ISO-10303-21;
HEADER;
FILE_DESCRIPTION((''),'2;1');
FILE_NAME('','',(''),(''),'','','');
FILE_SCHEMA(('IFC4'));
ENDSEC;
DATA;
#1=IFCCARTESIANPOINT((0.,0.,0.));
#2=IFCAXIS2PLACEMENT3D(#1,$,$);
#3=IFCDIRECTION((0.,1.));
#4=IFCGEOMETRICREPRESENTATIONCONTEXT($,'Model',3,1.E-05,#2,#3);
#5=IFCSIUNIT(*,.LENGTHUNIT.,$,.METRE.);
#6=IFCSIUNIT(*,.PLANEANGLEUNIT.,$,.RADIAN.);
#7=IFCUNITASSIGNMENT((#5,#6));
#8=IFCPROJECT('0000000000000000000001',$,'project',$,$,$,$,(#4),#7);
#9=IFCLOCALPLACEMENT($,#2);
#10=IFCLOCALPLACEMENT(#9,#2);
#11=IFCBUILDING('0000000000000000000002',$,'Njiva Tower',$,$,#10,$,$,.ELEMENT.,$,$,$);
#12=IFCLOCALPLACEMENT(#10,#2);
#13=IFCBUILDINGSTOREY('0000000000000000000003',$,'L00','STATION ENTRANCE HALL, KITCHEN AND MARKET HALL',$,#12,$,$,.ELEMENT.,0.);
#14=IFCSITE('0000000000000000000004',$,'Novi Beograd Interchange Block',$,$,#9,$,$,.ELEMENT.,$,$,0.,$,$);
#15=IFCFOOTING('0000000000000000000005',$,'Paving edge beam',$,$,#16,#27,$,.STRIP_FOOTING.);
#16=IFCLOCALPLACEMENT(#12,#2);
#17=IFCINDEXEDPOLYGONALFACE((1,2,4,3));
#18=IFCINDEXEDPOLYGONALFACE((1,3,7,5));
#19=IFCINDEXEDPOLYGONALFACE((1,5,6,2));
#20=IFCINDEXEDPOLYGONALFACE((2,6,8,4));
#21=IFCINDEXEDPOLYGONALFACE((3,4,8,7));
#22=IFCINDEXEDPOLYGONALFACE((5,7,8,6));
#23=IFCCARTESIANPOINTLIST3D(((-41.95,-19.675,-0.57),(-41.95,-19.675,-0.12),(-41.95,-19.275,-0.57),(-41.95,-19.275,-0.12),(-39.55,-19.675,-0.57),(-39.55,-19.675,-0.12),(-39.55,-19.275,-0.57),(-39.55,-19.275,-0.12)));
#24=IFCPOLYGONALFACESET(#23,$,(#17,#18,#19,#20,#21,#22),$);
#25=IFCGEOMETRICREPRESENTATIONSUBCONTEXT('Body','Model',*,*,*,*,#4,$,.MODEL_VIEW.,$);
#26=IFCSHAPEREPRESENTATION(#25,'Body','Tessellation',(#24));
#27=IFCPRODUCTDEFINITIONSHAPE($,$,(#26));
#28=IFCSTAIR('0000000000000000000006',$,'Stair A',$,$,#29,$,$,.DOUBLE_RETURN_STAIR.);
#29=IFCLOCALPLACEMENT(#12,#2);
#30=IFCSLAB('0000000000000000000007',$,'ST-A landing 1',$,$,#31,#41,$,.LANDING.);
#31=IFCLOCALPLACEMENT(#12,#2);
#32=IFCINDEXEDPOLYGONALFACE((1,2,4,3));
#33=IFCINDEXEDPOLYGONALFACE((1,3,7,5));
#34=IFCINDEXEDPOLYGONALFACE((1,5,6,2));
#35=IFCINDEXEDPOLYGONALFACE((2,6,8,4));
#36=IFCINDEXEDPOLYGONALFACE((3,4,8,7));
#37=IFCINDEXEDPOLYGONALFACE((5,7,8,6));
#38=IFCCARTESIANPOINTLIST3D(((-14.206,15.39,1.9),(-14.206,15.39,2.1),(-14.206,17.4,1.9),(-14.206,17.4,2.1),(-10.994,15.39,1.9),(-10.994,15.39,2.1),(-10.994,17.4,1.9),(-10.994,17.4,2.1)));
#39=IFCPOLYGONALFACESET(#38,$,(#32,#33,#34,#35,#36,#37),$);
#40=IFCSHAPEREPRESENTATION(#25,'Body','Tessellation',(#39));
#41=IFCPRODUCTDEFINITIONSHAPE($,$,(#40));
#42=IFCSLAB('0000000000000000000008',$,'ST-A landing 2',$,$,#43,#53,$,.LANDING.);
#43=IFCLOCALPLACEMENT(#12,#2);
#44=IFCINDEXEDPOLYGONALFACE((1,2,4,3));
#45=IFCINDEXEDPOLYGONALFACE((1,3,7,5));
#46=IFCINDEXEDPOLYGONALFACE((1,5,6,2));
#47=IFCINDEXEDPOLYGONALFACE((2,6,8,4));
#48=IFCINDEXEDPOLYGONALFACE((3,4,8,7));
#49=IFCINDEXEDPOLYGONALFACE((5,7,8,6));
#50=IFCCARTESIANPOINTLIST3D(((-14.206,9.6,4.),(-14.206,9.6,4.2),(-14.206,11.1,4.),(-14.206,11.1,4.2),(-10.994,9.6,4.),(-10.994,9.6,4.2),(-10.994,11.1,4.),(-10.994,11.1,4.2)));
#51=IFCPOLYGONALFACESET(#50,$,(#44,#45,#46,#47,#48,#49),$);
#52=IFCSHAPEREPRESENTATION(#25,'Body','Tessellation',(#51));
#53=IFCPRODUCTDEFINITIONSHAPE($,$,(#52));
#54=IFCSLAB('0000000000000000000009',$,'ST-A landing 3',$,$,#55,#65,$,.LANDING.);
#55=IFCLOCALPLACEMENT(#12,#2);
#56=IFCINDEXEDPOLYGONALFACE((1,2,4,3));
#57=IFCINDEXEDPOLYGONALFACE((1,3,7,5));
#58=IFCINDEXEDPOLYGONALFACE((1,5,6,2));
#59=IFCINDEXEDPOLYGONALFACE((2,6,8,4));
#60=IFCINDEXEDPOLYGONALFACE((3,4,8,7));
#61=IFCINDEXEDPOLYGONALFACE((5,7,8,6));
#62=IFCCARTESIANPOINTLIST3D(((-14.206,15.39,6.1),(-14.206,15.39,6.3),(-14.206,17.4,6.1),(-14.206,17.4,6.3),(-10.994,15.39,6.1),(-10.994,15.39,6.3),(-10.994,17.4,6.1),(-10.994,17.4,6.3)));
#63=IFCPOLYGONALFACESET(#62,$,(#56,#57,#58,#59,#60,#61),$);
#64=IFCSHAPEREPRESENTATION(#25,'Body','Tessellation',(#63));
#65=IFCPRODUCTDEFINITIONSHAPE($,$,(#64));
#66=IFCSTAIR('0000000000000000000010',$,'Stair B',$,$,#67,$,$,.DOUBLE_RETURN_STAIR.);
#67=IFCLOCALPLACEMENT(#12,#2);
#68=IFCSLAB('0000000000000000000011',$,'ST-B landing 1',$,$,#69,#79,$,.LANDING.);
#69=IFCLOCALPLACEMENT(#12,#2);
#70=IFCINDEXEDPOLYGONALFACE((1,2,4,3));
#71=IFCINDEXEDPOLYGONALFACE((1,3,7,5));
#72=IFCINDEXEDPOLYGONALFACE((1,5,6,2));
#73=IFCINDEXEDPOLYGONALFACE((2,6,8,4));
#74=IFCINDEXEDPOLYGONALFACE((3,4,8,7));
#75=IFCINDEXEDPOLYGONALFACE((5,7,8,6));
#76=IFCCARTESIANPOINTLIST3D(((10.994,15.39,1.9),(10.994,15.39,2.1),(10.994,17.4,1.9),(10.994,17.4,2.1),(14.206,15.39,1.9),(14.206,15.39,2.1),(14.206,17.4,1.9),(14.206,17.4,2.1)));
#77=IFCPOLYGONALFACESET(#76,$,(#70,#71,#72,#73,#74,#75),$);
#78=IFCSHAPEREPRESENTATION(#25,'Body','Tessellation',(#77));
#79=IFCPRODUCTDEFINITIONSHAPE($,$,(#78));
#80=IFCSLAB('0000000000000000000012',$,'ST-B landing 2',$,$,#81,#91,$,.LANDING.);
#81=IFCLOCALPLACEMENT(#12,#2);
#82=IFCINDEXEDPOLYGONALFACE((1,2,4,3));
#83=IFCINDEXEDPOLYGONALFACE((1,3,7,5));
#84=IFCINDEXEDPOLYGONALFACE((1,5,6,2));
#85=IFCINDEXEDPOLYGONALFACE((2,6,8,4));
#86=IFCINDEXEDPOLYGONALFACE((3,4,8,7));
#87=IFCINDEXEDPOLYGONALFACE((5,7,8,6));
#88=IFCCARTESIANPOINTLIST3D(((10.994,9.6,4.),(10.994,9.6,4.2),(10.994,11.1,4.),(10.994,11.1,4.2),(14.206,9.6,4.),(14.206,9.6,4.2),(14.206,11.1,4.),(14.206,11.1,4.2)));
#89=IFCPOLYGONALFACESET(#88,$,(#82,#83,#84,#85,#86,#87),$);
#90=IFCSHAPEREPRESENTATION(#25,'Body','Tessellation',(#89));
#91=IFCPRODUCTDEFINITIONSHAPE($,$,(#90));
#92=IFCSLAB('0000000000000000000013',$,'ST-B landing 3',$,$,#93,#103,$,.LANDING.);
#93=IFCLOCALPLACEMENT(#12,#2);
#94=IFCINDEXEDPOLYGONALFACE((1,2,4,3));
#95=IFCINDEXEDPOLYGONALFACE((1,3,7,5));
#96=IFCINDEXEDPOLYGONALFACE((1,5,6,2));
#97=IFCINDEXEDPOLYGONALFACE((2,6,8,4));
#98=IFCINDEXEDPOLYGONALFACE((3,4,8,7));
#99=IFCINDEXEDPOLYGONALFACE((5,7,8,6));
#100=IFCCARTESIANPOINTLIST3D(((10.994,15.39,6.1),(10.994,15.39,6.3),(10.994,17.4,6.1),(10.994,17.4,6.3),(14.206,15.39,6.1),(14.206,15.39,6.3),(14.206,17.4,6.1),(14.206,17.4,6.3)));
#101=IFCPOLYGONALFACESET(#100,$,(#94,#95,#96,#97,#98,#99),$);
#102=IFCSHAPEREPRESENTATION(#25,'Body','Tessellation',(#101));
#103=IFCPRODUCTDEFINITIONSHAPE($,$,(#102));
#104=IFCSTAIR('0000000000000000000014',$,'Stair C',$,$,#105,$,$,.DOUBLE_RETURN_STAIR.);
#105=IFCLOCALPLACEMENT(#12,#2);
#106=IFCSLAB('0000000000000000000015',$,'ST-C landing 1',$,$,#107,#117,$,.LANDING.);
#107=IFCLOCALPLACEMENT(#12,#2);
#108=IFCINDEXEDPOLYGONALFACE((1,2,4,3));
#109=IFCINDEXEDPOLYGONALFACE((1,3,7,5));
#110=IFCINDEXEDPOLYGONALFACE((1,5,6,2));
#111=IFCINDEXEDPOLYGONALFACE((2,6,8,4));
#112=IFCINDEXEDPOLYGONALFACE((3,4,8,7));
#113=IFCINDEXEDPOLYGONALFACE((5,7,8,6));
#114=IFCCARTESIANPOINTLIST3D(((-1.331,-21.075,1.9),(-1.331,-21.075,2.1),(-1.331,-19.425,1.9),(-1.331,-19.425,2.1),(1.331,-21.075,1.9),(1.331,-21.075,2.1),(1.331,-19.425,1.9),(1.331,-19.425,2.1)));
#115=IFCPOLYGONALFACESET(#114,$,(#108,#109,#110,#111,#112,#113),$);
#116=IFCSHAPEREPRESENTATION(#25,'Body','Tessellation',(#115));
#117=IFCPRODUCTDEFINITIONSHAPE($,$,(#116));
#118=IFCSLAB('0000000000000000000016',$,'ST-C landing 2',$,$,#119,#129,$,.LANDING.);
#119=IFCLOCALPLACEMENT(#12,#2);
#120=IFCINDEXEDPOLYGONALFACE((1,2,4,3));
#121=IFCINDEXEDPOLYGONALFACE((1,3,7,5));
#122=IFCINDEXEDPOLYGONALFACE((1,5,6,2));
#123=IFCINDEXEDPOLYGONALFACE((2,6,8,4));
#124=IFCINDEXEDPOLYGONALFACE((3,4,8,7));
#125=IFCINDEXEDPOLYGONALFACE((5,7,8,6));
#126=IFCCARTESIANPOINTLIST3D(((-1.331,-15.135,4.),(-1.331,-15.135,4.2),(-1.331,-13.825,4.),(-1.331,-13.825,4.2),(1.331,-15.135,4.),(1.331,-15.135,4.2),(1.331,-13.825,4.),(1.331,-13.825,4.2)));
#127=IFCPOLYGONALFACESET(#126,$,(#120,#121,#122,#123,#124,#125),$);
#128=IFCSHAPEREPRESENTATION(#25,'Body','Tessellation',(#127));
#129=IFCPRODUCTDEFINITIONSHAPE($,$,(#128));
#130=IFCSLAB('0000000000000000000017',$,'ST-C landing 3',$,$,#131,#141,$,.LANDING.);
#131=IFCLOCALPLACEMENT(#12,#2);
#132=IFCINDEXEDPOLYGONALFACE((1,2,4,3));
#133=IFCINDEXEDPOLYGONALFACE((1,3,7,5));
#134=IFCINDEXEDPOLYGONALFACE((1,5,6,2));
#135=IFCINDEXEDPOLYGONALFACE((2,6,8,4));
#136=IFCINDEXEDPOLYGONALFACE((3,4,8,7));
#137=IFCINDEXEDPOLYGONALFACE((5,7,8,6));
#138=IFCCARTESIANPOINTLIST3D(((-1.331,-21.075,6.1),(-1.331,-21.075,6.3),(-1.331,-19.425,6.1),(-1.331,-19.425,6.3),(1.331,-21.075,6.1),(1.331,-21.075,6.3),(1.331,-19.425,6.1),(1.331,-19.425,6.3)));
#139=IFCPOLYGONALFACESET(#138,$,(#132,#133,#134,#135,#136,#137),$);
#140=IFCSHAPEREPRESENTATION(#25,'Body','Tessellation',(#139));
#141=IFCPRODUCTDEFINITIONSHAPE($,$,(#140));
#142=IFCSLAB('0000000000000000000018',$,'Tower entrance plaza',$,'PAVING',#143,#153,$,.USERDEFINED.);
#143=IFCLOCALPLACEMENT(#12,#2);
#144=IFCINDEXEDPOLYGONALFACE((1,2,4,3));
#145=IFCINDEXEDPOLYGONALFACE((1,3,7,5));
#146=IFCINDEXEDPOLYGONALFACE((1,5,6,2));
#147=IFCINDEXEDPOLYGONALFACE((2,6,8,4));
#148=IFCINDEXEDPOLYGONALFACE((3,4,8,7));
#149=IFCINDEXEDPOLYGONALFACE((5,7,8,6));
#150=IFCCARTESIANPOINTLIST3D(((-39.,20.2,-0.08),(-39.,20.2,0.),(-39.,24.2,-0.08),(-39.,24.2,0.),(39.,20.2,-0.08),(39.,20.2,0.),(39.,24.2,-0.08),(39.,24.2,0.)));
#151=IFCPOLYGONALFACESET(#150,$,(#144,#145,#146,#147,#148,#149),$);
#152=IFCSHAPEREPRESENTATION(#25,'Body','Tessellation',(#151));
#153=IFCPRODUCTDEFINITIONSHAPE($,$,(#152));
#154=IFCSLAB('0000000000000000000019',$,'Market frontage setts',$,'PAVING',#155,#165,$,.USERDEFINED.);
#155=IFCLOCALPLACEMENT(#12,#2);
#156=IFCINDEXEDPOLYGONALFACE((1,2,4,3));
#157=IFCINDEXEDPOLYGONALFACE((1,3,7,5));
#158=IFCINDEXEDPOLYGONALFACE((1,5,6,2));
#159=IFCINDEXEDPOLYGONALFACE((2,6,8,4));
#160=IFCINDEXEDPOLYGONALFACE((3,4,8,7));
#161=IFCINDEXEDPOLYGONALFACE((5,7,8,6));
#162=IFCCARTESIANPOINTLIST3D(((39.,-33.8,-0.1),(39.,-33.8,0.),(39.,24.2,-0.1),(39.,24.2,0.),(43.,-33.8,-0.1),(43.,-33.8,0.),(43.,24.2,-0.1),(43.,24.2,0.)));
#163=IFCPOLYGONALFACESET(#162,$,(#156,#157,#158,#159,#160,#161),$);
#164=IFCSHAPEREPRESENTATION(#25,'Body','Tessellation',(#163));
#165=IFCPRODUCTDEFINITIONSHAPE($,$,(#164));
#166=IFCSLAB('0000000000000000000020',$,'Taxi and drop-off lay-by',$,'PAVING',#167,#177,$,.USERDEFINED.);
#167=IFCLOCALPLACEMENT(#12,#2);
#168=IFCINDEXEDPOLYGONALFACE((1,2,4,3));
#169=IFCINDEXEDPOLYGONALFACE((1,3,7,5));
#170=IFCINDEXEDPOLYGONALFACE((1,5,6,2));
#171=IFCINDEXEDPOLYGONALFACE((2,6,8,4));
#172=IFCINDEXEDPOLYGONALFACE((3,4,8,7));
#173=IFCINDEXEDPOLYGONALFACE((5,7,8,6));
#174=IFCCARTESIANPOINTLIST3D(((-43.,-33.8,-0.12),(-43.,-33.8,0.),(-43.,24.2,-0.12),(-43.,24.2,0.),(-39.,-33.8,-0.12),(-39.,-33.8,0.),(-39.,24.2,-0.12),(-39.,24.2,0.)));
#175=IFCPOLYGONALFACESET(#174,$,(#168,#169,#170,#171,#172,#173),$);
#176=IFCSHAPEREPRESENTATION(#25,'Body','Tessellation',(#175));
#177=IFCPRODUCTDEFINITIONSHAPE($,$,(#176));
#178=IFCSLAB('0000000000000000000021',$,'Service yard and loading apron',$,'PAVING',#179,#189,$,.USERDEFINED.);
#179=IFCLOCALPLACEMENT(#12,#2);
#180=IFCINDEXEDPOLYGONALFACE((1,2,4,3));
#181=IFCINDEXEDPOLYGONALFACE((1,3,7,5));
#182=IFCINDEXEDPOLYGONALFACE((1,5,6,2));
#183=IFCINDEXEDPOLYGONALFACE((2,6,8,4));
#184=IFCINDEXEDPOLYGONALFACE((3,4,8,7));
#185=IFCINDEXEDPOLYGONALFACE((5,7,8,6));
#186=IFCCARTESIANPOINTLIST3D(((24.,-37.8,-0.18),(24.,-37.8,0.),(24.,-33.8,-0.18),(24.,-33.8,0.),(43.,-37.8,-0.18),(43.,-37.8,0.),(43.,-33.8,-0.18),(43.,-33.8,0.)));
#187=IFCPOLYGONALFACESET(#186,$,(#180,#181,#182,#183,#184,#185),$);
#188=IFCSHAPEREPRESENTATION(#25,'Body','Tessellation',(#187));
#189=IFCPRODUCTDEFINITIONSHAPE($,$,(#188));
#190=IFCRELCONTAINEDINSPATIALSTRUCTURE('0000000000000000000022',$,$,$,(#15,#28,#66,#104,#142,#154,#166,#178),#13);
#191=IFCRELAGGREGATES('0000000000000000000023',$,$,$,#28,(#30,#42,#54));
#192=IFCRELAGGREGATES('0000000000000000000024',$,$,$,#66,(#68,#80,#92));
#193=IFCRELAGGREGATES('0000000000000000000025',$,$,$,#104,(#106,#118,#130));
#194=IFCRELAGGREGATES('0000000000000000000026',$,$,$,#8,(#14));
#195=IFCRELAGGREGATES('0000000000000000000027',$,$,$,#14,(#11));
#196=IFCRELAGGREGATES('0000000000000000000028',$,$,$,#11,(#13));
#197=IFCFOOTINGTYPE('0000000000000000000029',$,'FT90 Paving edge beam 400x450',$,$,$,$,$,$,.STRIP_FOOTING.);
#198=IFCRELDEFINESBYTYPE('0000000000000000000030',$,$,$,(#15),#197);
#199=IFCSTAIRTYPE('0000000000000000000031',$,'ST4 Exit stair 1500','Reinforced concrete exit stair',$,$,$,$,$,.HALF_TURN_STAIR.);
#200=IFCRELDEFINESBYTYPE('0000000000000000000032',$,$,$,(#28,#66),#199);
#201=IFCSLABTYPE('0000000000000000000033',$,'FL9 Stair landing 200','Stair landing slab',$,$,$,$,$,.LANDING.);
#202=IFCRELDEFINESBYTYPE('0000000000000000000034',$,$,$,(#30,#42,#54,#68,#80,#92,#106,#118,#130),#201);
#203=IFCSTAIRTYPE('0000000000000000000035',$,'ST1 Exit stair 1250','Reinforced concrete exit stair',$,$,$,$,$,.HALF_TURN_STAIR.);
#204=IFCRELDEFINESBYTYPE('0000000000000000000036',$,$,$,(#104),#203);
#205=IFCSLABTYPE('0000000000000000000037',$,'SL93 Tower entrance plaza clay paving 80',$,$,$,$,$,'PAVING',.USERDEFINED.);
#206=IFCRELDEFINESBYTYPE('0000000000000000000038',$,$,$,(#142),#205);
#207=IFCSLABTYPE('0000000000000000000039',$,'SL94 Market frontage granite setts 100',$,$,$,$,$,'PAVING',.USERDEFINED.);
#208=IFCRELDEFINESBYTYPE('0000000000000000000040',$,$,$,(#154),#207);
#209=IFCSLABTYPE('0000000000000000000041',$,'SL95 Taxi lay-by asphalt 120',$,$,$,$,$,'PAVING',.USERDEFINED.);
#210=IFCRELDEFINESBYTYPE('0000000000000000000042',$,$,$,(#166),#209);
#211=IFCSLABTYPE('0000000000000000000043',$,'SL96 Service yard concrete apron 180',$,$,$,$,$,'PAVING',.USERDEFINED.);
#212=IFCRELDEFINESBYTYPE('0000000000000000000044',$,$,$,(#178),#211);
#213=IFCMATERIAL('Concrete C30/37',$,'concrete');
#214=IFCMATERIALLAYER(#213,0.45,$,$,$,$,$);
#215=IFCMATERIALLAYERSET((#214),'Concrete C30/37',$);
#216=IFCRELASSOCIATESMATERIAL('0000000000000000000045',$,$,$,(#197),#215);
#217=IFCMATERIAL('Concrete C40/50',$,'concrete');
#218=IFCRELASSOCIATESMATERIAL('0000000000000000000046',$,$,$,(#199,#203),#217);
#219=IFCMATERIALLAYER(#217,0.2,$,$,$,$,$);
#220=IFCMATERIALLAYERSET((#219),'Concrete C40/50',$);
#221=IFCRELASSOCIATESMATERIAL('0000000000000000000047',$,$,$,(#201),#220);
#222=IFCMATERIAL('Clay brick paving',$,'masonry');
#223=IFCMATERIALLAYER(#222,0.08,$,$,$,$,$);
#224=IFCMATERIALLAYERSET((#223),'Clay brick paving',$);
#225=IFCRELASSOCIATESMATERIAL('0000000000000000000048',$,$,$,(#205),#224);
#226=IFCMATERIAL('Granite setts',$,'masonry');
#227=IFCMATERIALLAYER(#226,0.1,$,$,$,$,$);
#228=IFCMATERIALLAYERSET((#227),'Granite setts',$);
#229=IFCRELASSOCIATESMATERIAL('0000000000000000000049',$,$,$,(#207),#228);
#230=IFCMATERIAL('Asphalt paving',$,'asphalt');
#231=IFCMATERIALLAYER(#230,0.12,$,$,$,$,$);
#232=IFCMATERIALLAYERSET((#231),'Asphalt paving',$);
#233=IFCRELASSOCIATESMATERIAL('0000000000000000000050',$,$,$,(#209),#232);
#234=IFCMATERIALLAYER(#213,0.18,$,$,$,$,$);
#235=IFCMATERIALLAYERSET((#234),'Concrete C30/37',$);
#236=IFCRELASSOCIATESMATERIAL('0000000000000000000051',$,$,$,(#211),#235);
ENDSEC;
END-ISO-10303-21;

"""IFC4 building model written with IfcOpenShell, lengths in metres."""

from ifc_helpers import new_model, si_unit, direction, frame, origin, place, context, subcontext, project, spatial, polyline, outline, extrude, material, layer, layer_set, type_object, element, aggregate, save


model = new_model("IFC4")

# Units and contexts
model_context = context("Model", 3, precision=1e-05, world=origin(), true_north=direction((0.0, 1.0)))
body_context = subcontext(model_context, "Body", "Model", "MODEL_VIEW")
ifc_project = project(units=[si_unit("LENGTHUNIT", "METRE"), si_unit("PLANEANGLEUNIT", "RADIAN")], contexts=[model_context])

# Site, building, storey
site_placement = place(None, origin())
site = spatial("IfcSite", under=ifc_project, at=site_placement, Name="Novi Beograd Interchange Block", CompositionType="ELEMENT", RefElevation=0.0)
building_placement = place(site_placement, origin())
building = spatial("IfcBuilding", under=site, at=building_placement, Name="Njiva Tower", CompositionType="ELEMENT")
storey_placement = place(building_placement, origin())
storey = spatial("IfcBuildingStorey", under=building, at=storey_placement, Name="L00", Description="STATION ENTRANCE HALL, KITCHEN AND MARKET HALL", CompositionType="ELEMENT", Elevation=0.0)

# Footing
ifc_material_1 = material(Name="Concrete C30/37", Category="concrete")
ifc_layer_1 = layer(ifc_material_1, 0.45)
ifc_layer_set_1 = layer_set([ifc_layer_1], Name="Concrete C30/37")
footing_type = type_object("IfcFootingType", Name="FT90 Paving edge beam 400x450", PredefinedType="STRIP_FOOTING", material=ifc_layer_set_1)
footing_1_placement = place(storey_placement, frame((0.0, 0.0, -0.57)))
element("IfcFooting", 1, at=footing_1_placement, inside=storey, type_object=footing_type, Name="Paving edge beam", PredefinedType="STRIP_FOOTING", context=body_context, shape_type="SweptSolid", body=[
    extrude(outline(polyline([(-39.55, -19.675), (-39.55, -19.275), (-41.95, -19.275), (-41.95, -19.675), (-39.55, -19.675)])), origin(), (0.0, 0.0, 1.0), 0.45),
])

# Stairs, slabs
ifc_material_2 = material(Name="Concrete C40/50", Category="concrete")
stair_type_1 = type_object("IfcStairType", Name="ST4 Exit stair 1500", Description="Reinforced concrete exit stair", PredefinedType="HALF_TURN_STAIR", material=ifc_material_2)
stair_1_placement = place(storey_placement, origin())
stair_1 = element("IfcStair", 2, at=stair_1_placement, inside=storey, type_object=stair_type_1, Name="Stair A", PredefinedType="DOUBLE_RETURN_STAIR")
ifc_layer_2 = layer(ifc_material_2, 0.2)
ifc_layer_set_2 = layer_set([ifc_layer_2], Name="Concrete C40/50")
slab_type_1 = type_object("IfcSlabType", Name="FL9 Stair landing 200", Description="Stair landing slab", PredefinedType="LANDING", material=ifc_layer_set_2)
slab_1_placement = place(storey_placement, frame((0.0, 0.0, 1.9)))
slab_1 = element("IfcSlab", 3, at=slab_1_placement, type_object=slab_type_1, Name="ST-A landing 1", PredefinedType="LANDING", context=body_context, shape_type="SweptSolid", body=[
    extrude(outline(polyline([(-14.206, 15.39), (-10.994, 15.39), (-10.994, 17.4), (-14.206, 17.4), (-14.206, 15.39)])), origin(), (0.0, 0.0, 1.0), 0.2),
])
slab_2_placement = place(storey_placement, frame((0.0, 0.0, 4.0)))
slab_2 = element("IfcSlab", 4, at=slab_2_placement, type_object=slab_type_1, Name="ST-A landing 2", PredefinedType="LANDING", context=body_context, shape_type="SweptSolid", body=[
    extrude(outline(polyline([(-14.206, 9.6), (-10.994, 9.6), (-10.994, 11.1), (-14.206, 11.1), (-14.206, 9.6)])), origin(), (0.0, 0.0, 1.0), 0.2),
])
slab_3_placement = place(storey_placement, frame((0.0, 0.0, 6.1)))
slab_3 = element("IfcSlab", 5, at=slab_3_placement, type_object=slab_type_1, Name="ST-A landing 3", PredefinedType="LANDING", context=body_context, shape_type="SweptSolid", body=[
    extrude(outline(polyline([(-14.206, 15.39), (-10.994, 15.39), (-10.994, 17.4), (-14.206, 17.4), (-14.206, 15.39)])), origin(), (0.0, 0.0, 1.0), 0.2),
])
aggregate(stair_1, [slab_1, slab_2, slab_3])
stair_2_placement = place(storey_placement, origin())
stair_2 = element("IfcStair", 6, at=stair_2_placement, inside=storey, type_object=stair_type_1, Name="Stair B", PredefinedType="DOUBLE_RETURN_STAIR")
slab_4_placement = place(storey_placement, frame((0.0, 0.0, 1.9)))
slab_4 = element("IfcSlab", 7, at=slab_4_placement, type_object=slab_type_1, Name="ST-B landing 1", PredefinedType="LANDING", context=body_context, shape_type="SweptSolid", body=[
    extrude(outline(polyline([(10.994, 15.39), (14.206, 15.39), (14.206, 17.4), (10.994, 17.4), (10.994, 15.39)])), origin(), (0.0, 0.0, 1.0), 0.2),
])
slab_5_placement = place(storey_placement, frame((0.0, 0.0, 4.0)))
slab_5 = element("IfcSlab", 8, at=slab_5_placement, type_object=slab_type_1, Name="ST-B landing 2", PredefinedType="LANDING", context=body_context, shape_type="SweptSolid", body=[
    extrude(outline(polyline([(10.994, 9.6), (14.206, 9.6), (14.206, 11.1), (10.994, 11.1), (10.994, 9.6)])), origin(), (0.0, 0.0, 1.0), 0.2),
])
slab_6_placement = place(storey_placement, frame((0.0, 0.0, 6.1)))
slab_6 = element("IfcSlab", 9, at=slab_6_placement, type_object=slab_type_1, Name="ST-B landing 3", PredefinedType="LANDING", context=body_context, shape_type="SweptSolid", body=[
    extrude(outline(polyline([(10.994, 15.39), (14.206, 15.39), (14.206, 17.4), (10.994, 17.4), (10.994, 15.39)])), origin(), (0.0, 0.0, 1.0), 0.2),
])
aggregate(stair_2, [slab_4, slab_5, slab_6])
stair_type_2 = type_object("IfcStairType", Name="ST1 Exit stair 1250", Description="Reinforced concrete exit stair", PredefinedType="HALF_TURN_STAIR", material=ifc_material_2)
stair_3_placement = place(storey_placement, origin())
stair_3 = element("IfcStair", 10, at=stair_3_placement, inside=storey, type_object=stair_type_2, Name="Stair C", PredefinedType="DOUBLE_RETURN_STAIR")
slab_7_placement = place(storey_placement, frame((0.0, 0.0, 1.9)))
slab_7 = element("IfcSlab", 11, at=slab_7_placement, type_object=slab_type_1, Name="ST-C landing 1", PredefinedType="LANDING", context=body_context, shape_type="SweptSolid", body=[
    extrude(outline(polyline([(-1.331, -21.075), (1.331, -21.075), (1.331, -19.425), (-1.331, -19.425), (-1.331, -21.075)])), origin(), (0.0, 0.0, 1.0), 0.2),
])
slab_8_placement = place(storey_placement, frame((0.0, 0.0, 4.0)))
slab_8 = element("IfcSlab", 12, at=slab_8_placement, type_object=slab_type_1, Name="ST-C landing 2", PredefinedType="LANDING", context=body_context, shape_type="SweptSolid", body=[
    extrude(outline(polyline([(-1.331, -15.135), (1.331, -15.135), (1.331, -13.825), (-1.331, -13.825), (-1.331, -15.135)])), origin(), (0.0, 0.0, 1.0), 0.2),
])
slab_9_placement = place(storey_placement, frame((0.0, 0.0, 6.1)))
slab_9 = element("IfcSlab", 13, at=slab_9_placement, type_object=slab_type_1, Name="ST-C landing 3", PredefinedType="LANDING", context=body_context, shape_type="SweptSolid", body=[
    extrude(outline(polyline([(-1.331, -21.075), (1.331, -21.075), (1.331, -19.425), (-1.331, -19.425), (-1.331, -21.075)])), origin(), (0.0, 0.0, 1.0), 0.2),
])
aggregate(stair_3, [slab_7, slab_8, slab_9])

# Slabs
ifc_material_3 = material(Name="Clay brick paving", Category="masonry")
ifc_layer_3 = layer(ifc_material_3, 0.08)
ifc_layer_set_3 = layer_set([ifc_layer_3], Name="Clay brick paving")
slab_type_2 = type_object("IfcSlabType", Name="SL93 Tower entrance plaza clay paving 80", ElementType="PAVING", PredefinedType="USERDEFINED", material=ifc_layer_set_3)
slab_10_placement = place(storey_placement, frame((0.0, 0.0, -0.08)))
element("IfcSlab", 14, at=slab_10_placement, inside=storey, type_object=slab_type_2, Name="Tower entrance plaza", ObjectType="PAVING", PredefinedType="USERDEFINED", context=body_context, shape_type="SweptSolid", body=[
    extrude(outline(polyline([(39.0, 20.2), (39.0, 24.2), (-39.0, 24.2), (-39.0, 20.2), (39.0, 20.2)])), origin(), (0.0, 0.0, 1.0), 0.08),
])
ifc_material_4 = material(Name="Granite setts", Category="masonry")
ifc_layer_4 = layer(ifc_material_4, 0.1)
ifc_layer_set_4 = layer_set([ifc_layer_4], Name="Granite setts")
slab_type_3 = type_object("IfcSlabType", Name="SL94 Market frontage granite setts 100", ElementType="PAVING", PredefinedType="USERDEFINED", material=ifc_layer_set_4)
slab_11_placement = place(storey_placement, frame((0.0, 0.0, -0.1)))
element("IfcSlab", 15, at=slab_11_placement, inside=storey, type_object=slab_type_3, Name="Market frontage setts", ObjectType="PAVING", PredefinedType="USERDEFINED", context=body_context, shape_type="SweptSolid", body=[
    extrude(outline(polyline([(43.0, -33.8), (43.0, 24.2), (39.0, 24.2), (39.0, -33.8), (43.0, -33.8)])), origin(), (0.0, 0.0, 1.0), 0.1),
])
ifc_material_5 = material(Name="Asphalt paving", Category="asphalt")
ifc_layer_5 = layer(ifc_material_5, 0.12)
ifc_layer_set_5 = layer_set([ifc_layer_5], Name="Asphalt paving")
slab_type_4 = type_object("IfcSlabType", Name="SL95 Taxi lay-by asphalt 120", ElementType="PAVING", PredefinedType="USERDEFINED", material=ifc_layer_set_5)
slab_12_placement = place(storey_placement, frame((0.0, 0.0, -0.12)))
element("IfcSlab", 16, at=slab_12_placement, inside=storey, type_object=slab_type_4, Name="Taxi and drop-off lay-by", ObjectType="PAVING", PredefinedType="USERDEFINED", context=body_context, shape_type="SweptSolid", body=[
    extrude(outline(polyline([(-39.0, -33.8), (-39.0, 24.2), (-43.0, 24.2), (-43.0, -33.8), (-39.0, -33.8)])), origin(), (0.0, 0.0, 1.0), 0.12),
])
ifc_layer_6 = layer(ifc_material_1, 0.18)
ifc_layer_set_6 = layer_set([ifc_layer_6], Name="Concrete C30/37")
slab_type_5 = type_object("IfcSlabType", Name="SL96 Service yard concrete apron 180", ElementType="PAVING", PredefinedType="USERDEFINED", material=ifc_layer_set_6)
slab_13_placement = place(storey_placement, frame((0.0, 0.0, -0.18)))
element("IfcSlab", 17, at=slab_13_placement, inside=storey, type_object=slab_type_5, Name="Service yard and loading apron", ObjectType="PAVING", PredefinedType="USERDEFINED", context=body_context, shape_type="SweptSolid", body=[
    extrude(outline(polyline([(43.0, -37.8), (43.0, -33.8), (24.0, -33.8), (24.0, -37.8), (43.0, -37.8)])), origin(), (0.0, 0.0, 1.0), 0.18),
])

save(model, "model.ifc")
